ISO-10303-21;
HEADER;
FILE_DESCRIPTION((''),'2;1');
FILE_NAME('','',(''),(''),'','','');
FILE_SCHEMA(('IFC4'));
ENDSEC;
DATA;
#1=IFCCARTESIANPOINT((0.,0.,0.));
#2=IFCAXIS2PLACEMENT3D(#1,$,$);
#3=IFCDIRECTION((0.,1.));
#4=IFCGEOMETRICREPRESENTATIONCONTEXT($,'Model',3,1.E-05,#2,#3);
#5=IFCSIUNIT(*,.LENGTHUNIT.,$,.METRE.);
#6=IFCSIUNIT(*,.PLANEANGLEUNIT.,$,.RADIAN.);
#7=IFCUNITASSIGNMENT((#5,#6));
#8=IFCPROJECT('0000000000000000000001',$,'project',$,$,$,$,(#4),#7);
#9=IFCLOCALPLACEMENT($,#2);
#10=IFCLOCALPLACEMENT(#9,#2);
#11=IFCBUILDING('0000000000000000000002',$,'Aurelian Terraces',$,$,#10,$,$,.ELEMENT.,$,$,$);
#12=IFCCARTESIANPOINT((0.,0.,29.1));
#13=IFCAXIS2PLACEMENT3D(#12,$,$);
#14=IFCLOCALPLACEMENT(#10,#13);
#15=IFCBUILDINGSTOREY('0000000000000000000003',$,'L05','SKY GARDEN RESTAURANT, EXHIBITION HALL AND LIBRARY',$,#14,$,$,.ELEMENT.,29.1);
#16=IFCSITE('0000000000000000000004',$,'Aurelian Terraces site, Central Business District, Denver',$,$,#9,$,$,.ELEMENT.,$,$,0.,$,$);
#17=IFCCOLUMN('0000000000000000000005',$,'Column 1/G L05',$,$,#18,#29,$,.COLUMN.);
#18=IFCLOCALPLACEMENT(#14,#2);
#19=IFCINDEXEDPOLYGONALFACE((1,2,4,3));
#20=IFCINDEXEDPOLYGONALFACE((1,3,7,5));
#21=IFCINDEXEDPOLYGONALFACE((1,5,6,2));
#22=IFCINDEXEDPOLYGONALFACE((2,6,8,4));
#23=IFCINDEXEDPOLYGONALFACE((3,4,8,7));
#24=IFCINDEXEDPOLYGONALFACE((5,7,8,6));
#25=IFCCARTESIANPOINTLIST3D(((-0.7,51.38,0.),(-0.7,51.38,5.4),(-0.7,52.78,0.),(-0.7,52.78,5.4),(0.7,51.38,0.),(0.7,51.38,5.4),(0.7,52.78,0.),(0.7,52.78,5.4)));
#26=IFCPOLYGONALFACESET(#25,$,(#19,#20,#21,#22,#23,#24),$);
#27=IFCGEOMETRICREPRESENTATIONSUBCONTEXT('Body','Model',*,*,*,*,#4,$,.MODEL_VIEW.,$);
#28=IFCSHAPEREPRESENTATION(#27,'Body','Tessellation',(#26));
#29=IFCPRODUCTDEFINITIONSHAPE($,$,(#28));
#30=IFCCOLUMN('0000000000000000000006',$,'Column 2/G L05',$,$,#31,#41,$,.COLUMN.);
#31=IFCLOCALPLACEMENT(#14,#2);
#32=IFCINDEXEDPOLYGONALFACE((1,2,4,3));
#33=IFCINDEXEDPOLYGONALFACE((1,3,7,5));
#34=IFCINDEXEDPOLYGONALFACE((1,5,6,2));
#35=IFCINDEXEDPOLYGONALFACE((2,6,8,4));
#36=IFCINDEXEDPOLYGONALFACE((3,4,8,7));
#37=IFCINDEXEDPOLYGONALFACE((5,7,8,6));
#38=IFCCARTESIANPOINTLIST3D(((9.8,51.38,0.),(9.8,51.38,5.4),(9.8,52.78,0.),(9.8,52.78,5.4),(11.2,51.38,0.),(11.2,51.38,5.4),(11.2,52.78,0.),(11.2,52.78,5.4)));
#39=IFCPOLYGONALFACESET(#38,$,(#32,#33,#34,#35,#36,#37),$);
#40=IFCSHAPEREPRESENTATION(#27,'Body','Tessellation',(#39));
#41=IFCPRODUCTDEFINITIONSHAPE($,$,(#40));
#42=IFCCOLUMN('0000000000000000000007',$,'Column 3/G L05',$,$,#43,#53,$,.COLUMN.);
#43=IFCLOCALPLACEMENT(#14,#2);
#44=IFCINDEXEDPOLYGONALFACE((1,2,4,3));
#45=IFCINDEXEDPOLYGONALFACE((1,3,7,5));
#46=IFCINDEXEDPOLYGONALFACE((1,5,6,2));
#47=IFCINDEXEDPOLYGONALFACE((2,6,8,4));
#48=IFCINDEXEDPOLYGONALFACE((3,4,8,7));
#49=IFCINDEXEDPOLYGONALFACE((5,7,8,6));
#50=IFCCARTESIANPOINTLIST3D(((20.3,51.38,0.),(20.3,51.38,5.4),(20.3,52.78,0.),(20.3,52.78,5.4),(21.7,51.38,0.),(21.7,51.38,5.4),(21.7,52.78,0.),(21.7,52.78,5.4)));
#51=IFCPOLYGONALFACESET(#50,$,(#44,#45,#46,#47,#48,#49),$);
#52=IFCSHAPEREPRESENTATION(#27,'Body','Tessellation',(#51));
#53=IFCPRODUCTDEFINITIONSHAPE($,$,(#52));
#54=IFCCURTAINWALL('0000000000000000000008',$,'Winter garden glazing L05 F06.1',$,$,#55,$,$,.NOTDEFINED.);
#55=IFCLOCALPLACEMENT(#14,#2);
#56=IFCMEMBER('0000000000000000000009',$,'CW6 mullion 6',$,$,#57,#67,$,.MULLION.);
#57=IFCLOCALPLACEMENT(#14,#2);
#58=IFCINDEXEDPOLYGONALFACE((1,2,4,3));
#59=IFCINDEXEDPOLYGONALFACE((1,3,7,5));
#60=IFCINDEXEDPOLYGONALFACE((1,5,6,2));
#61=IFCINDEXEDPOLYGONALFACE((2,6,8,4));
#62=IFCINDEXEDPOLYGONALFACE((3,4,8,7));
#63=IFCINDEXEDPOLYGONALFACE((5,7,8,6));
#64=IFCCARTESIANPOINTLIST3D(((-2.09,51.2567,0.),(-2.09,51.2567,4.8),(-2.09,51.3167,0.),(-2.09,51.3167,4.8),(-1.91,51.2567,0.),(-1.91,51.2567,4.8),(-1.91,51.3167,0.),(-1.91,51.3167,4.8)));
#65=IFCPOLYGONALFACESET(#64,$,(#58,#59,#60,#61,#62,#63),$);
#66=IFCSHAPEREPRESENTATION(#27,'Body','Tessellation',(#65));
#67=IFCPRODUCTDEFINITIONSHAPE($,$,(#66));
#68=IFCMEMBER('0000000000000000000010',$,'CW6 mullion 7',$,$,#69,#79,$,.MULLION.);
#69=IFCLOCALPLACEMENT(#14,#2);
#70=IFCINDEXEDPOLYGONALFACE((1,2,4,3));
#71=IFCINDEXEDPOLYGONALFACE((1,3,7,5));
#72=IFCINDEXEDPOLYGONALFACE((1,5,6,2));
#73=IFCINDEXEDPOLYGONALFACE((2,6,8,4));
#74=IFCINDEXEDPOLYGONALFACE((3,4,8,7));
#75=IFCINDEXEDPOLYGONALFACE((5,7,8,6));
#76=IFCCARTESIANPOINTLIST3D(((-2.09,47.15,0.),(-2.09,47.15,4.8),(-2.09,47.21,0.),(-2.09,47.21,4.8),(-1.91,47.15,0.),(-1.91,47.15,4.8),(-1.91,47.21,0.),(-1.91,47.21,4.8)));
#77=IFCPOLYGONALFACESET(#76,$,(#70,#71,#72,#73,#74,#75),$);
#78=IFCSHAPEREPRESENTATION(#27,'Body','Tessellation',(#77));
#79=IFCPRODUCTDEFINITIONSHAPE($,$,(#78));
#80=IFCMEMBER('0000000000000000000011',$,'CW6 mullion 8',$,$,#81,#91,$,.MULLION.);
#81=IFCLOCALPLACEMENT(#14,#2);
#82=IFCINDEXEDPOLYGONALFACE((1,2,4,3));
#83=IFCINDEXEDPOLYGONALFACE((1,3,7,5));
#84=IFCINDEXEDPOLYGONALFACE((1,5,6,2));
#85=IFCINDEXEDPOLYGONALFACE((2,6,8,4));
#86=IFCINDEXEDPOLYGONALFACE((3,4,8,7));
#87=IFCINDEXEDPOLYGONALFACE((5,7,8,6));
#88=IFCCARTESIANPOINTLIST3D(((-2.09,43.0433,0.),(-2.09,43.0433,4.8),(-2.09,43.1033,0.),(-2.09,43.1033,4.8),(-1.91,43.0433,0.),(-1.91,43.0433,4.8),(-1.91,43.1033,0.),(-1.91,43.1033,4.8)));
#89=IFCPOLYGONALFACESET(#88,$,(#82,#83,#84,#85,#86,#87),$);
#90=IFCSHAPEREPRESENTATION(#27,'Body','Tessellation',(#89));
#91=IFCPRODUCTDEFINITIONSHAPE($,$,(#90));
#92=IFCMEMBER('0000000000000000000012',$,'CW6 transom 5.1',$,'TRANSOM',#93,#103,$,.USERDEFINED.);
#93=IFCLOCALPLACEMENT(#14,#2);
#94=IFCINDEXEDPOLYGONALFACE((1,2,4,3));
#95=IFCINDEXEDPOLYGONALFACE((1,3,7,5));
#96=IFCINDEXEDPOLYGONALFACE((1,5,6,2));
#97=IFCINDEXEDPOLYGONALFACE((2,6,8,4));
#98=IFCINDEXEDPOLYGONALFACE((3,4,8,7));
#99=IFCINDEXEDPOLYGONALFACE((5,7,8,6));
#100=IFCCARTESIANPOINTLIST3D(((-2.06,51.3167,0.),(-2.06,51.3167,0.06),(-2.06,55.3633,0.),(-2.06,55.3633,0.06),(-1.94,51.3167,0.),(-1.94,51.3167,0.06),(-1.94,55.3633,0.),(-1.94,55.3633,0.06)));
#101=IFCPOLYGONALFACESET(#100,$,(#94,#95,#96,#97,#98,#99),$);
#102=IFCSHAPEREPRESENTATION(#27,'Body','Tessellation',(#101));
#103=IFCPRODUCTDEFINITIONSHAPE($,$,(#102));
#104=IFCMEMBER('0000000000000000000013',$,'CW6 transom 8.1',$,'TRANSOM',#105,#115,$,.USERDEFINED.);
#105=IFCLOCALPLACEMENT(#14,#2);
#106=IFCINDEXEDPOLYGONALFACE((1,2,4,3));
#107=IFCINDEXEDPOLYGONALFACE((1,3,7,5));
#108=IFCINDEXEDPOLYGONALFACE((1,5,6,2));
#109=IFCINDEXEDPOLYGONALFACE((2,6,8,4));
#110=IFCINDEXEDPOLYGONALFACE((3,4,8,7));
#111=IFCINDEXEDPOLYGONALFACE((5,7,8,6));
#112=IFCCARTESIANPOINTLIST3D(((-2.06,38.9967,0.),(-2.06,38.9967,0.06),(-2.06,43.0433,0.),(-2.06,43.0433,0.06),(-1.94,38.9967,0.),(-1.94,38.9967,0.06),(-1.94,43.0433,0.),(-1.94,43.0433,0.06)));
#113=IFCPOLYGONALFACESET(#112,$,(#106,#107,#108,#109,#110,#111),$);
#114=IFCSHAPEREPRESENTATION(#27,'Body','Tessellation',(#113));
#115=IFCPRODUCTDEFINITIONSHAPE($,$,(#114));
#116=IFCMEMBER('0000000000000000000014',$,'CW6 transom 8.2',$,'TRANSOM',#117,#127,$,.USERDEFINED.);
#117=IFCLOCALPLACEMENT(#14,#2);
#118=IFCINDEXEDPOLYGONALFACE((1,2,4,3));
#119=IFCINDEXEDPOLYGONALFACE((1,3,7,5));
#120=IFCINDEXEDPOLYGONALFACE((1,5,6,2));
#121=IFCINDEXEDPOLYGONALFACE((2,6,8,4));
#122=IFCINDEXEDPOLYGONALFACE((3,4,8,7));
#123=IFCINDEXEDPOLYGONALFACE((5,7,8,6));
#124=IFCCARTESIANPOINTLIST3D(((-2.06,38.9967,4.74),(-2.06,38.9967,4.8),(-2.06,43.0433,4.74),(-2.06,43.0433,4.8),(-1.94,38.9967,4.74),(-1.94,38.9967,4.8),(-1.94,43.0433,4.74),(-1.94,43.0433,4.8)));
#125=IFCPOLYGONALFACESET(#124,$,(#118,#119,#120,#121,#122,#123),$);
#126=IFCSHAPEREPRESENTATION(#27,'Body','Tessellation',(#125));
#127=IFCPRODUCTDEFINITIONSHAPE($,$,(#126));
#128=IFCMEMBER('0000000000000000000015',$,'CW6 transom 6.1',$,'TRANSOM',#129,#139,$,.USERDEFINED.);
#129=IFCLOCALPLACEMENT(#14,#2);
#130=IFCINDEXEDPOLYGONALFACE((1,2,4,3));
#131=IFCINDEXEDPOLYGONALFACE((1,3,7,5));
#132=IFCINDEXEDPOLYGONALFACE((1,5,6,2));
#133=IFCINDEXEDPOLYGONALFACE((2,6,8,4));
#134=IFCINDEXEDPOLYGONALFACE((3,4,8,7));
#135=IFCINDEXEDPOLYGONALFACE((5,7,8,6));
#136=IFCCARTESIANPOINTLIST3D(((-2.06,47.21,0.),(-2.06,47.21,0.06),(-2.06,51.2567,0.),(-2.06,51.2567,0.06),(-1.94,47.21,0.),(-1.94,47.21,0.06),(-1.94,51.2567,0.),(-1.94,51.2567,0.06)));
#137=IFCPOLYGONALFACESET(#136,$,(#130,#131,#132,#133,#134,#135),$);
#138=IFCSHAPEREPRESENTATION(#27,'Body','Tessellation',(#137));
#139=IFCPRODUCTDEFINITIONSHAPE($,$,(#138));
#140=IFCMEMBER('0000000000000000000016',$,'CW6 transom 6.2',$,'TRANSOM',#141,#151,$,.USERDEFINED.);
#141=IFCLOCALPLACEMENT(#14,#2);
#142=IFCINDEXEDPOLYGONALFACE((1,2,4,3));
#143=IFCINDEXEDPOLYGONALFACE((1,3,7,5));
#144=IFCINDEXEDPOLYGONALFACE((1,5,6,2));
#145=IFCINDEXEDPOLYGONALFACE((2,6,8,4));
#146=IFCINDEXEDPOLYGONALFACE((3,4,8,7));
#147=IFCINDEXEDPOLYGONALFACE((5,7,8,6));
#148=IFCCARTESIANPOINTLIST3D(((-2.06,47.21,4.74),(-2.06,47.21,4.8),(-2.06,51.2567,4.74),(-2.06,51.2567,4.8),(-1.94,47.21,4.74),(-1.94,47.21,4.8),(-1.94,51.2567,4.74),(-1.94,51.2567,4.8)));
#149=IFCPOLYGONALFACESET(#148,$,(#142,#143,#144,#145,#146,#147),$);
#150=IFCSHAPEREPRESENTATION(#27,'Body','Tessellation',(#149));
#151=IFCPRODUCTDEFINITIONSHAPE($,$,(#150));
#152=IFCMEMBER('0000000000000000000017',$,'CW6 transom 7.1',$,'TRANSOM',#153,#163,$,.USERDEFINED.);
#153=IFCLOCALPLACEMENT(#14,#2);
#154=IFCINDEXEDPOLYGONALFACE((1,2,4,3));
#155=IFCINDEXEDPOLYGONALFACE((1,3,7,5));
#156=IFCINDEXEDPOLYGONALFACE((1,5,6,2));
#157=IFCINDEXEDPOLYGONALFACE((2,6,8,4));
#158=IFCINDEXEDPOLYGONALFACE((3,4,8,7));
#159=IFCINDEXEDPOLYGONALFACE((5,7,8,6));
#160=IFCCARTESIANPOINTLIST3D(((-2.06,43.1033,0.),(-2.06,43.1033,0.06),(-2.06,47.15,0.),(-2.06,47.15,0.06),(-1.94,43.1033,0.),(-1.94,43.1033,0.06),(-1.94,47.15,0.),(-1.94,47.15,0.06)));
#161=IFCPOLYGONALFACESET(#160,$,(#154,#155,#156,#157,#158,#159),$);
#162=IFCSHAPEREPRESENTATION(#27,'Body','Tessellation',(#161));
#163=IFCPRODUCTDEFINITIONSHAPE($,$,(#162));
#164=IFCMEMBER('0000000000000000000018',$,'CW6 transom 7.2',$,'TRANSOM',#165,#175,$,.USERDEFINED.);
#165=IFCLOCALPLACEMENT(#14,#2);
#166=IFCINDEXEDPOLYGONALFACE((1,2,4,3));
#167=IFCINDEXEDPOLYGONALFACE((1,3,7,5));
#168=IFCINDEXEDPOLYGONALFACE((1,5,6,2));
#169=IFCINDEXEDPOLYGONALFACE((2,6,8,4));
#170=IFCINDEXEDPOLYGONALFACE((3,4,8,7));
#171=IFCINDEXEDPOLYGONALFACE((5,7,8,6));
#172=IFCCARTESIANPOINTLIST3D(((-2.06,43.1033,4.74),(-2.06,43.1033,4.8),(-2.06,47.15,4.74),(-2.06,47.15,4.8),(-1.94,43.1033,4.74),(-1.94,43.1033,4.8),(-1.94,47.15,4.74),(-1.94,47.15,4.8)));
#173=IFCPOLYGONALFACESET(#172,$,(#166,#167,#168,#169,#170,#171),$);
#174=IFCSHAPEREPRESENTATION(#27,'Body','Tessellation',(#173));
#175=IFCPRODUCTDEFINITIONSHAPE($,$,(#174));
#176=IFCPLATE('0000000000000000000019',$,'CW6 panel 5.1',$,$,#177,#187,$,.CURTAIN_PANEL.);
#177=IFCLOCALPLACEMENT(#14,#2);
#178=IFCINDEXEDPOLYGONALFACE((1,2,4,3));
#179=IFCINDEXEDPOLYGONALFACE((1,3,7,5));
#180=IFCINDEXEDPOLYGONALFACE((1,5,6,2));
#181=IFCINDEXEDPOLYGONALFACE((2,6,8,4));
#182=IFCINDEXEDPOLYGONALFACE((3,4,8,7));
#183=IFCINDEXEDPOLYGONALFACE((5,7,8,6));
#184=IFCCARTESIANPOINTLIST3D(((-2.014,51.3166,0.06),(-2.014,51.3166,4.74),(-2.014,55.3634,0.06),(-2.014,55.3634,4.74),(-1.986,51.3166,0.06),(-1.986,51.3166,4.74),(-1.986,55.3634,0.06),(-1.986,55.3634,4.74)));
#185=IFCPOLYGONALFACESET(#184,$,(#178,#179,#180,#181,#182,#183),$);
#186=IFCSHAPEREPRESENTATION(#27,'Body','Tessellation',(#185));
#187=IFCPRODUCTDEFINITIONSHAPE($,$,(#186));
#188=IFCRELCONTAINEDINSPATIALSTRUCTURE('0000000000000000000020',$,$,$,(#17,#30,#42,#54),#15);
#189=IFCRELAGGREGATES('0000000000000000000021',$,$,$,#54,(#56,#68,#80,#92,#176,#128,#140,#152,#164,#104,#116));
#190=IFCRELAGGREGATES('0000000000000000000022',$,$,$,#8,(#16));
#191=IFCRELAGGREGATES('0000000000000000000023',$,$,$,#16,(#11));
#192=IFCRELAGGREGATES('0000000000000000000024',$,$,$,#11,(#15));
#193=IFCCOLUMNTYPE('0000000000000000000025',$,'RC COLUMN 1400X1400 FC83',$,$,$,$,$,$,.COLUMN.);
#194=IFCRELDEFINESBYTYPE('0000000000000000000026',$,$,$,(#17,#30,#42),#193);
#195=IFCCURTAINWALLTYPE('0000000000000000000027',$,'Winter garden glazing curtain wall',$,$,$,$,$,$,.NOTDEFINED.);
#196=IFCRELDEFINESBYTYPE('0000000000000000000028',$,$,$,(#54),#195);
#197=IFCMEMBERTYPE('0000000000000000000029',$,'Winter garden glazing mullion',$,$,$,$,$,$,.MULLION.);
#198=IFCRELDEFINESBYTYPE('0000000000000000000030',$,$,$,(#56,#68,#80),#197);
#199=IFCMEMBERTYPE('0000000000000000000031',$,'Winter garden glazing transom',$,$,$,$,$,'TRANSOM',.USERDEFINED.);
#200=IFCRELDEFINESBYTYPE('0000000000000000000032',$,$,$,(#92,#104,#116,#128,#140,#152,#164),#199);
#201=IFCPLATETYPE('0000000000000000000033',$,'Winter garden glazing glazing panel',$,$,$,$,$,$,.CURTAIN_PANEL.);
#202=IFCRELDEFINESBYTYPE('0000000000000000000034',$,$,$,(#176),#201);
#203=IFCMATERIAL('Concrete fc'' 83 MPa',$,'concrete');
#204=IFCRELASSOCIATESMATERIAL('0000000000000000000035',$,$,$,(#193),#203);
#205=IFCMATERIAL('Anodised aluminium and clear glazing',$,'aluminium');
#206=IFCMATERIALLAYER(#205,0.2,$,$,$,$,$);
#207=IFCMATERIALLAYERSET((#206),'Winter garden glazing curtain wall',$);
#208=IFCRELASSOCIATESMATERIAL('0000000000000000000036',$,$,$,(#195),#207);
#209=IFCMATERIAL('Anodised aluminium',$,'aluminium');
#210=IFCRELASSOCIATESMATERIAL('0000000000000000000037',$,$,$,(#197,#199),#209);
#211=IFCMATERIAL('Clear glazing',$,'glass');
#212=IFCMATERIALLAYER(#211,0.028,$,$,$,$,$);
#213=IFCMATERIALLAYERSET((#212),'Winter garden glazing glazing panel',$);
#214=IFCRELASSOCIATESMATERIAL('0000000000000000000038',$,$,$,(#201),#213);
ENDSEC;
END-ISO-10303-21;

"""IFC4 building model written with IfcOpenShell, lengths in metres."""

from ifc_helpers import new_model, si_unit, direction, frame, origin, origin_2d, place, context, subcontext, project, spatial, rectangle, extrude, source, transform, mapped, material, layer, layer_set, material_profile, profile_set, type_object, element, aggregate, save


model = new_model("IFC4")

# Units and contexts
model_context = context("Model", 3, precision=1e-05, world=origin(), true_north=direction((0.0, 1.0)))
body_context = subcontext(model_context, "Body", "Model", "MODEL_VIEW")
ifc_project = project(units=[si_unit("LENGTHUNIT", "METRE"), si_unit("PLANEANGLEUNIT", "RADIAN")], contexts=[model_context])

# Site, building, storey
site_placement = place(None, origin())
site = spatial("IfcSite", under=ifc_project, at=site_placement, Name="Aurelian Terraces site, Central Business District, Denver", CompositionType="ELEMENT", RefElevation=0.0)
building_placement = place(site_placement, origin())
building = spatial("IfcBuilding", under=site, at=building_placement, Name="Aurelian Terraces", CompositionType="ELEMENT")
storey_placement = place(building_placement, frame((0.0, 0.0, 29.1)))
storey = spatial("IfcBuildingStorey", under=building, at=storey_placement, Name="L05", Description="SKY GARDEN RESTAURANT, EXHIBITION HALL AND LIBRARY", CompositionType="ELEMENT", Elevation=29.1)

# Columns
ifc_material_1 = material(Name="Concrete fc' 83 MPa", Category="concrete")
ifc_material_profile_1 = material_profile(ifc_material_1, rectangle(XDim=1.4, YDim=1.4, at=origin_2d()))
ifc_profile_set_1 = profile_set([ifc_material_profile_1], Name="Concrete fc' 83 MPa")
column_type = type_object("IfcColumnType", Name="RC COLUMN 1400X1400 FC83", PredefinedType="COLUMN", material=ifc_profile_set_1)
shared_shape_1 = source(origin(), body_context, "Body", "SweptSolid", [
    extrude(rectangle(XDim=1.4, YDim=1.4, at=origin_2d()), origin(), (0.0, 0.0, 1.0), 5.4),
])
for number, where, z_axis, x_axis, name in (
    (1, (0.0, 52.08, 0.0), (0.0, 0.0, 1.0), (1.0, 0.0, 0.0), "Column 1/G L05"),
    (2, (10.5, 52.08, 0.0), (0.0, 0.0, 1.0), (1.0, 0.0, 0.0), "Column 2/G L05"),
    (3, (21.0, 52.08, 0.0), (0.0, 0.0, 1.0), (1.0, 0.0, 0.0), "Column 3/G L05"),
):
    element("IfcColumn", number, at=place(storey_placement, frame(where, z_axis=z_axis, x_axis=x_axis)), inside=storey, type_object=column_type, Name=name, PredefinedType="COLUMN", context=body_context, shape_type="MappedRepresentation", body=[
        mapped(shared_shape_1, transform((0.0, 0.0, 0.0), scale=1.0)),
    ])

# Curtain wall, members, plate
ifc_material_2 = material(Name="Anodised aluminium and clear glazing", Category="aluminium")
ifc_layer_1 = layer(ifc_material_2, 0.2)
ifc_layer_set_1 = layer_set([ifc_layer_1], Name="Winter garden glazing curtain wall")
curtain_wall_type = type_object("IfcCurtainWallType", Name="Winter garden glazing curtain wall", PredefinedType="NOTDEFINED", material=ifc_layer_set_1)
curtain_wall_placement = place(storey_placement, origin())
curtain_wall = element("IfcCurtainWall", 4, at=curtain_wall_placement, inside=storey, type_object=curtain_wall_type, Name="Winter garden glazing L05 F06.1", PredefinedType="NOTDEFINED")
ifc_material_3 = material(Name="Anodised aluminium", Category="aluminium")
ifc_material_profile_2 = material_profile(ifc_material_3, rectangle(XDim=0.18, YDim=0.06, at=origin_2d()))
ifc_profile_set_2 = profile_set([ifc_material_profile_2], Name="Anodised aluminium")
member_type_1 = type_object("IfcMemberType", Name="Winter garden glazing mullion", PredefinedType="MULLION", material=ifc_profile_set_2)
shared_shape_2 = source(origin(), body_context, "Body", "SweptSolid", [
    extrude(rectangle(XDim=0.18, YDim=0.06, at=origin_2d()), origin(), (0.0, 0.0, 1.0), 4.8),
])
member_1_placement = place(storey_placement, frame((-2.0, 51.2867, 0.0), z_axis=(0.0, 0.0, 1.0), x_axis=(1.0, 0.0, 0.0)))
member_1 = element("IfcMember", 5, at=member_1_placement, type_object=member_type_1, Name="CW6 mullion 6", PredefinedType="MULLION", context=body_context, shape_type="MappedRepresentation", body=[
    mapped(shared_shape_2, transform((0.0, 0.0, 0.0), scale=1.0)),
])
member_2_placement = place(storey_placement, frame((-2.0, 47.18, 0.0), z_axis=(0.0, 0.0, 1.0), x_axis=(1.0, 0.0, 0.0)))
member_2 = element("IfcMember", 6, at=member_2_placement, type_object=member_type_1, Name="CW6 mullion 7", PredefinedType="MULLION", context=body_context, shape_type="MappedRepresentation", body=[
    mapped(shared_shape_2, transform((0.0, 0.0, 0.0), scale=1.0)),
])
member_3_placement = place(storey_placement, frame((-2.0, 43.0733, 0.0), z_axis=(0.0, 0.0, 1.0), x_axis=(1.0, 0.0, 0.0)))
member_3 = element("IfcMember", 7, at=member_3_placement, type_object=member_type_1, Name="CW6 mullion 8", PredefinedType="MULLION", context=body_context, shape_type="MappedRepresentation", body=[
    mapped(shared_shape_2, transform((0.0, 0.0, 0.0), scale=1.0)),
])
ifc_material_profile_3 = material_profile(ifc_material_3, rectangle(XDim=0.12, YDim=0.06, at=origin_2d()))
ifc_profile_set_3 = profile_set([ifc_material_profile_3], Name="Anodised aluminium")
member_type_2 = type_object("IfcMemberType", Name="Winter garden glazing transom", ElementType="TRANSOM", PredefinedType="USERDEFINED", material=ifc_profile_set_3)
shared_shape_3 = source(origin(), body_context, "Body", "SweptSolid", [
    extrude(rectangle(XDim=0.12, YDim=0.06, at=origin_2d()), origin(), (0.0, 0.0, 1.0), 4.0466),
])
member_4_placement = place(storey_placement, frame((-2.0, 55.3633, 0.03), z_axis=(0.0, -1.0, 0.0), x_axis=(1.0, 0.0, 0.0)))
member_4 = element("IfcMember", 8, at=member_4_placement, type_object=member_type_2, Name="CW6 transom 5.1", ObjectType="TRANSOM", PredefinedType="USERDEFINED", context=body_context, shape_type="MappedRepresentation", body=[
    mapped(shared_shape_3, transform((0.0, 0.0, 0.0), scale=1.0)),
])
member_5_placement = place(storey_placement, frame((-2.0, 43.0433, 0.03), z_axis=(0.0, -1.0, 0.0), x_axis=(1.0, 0.0, 0.0)))
member_5 = element("IfcMember", 9, at=member_5_placement, type_object=member_type_2, Name="CW6 transom 8.1", ObjectType="TRANSOM", PredefinedType="USERDEFINED", context=body_context, shape_type="MappedRepresentation", body=[
    mapped(shared_shape_3, transform((0.0, 0.0, 0.0), scale=1.0)),
])
member_6_placement = place(storey_placement, frame((-2.0, 43.0433, 4.77), z_axis=(0.0, -1.0, 0.0), x_axis=(1.0, 0.0, 0.0)))
member_6 = element("IfcMember", 10, at=member_6_placement, type_object=member_type_2, Name="CW6 transom 8.2", ObjectType="TRANSOM", PredefinedType="USERDEFINED", context=body_context, shape_type="MappedRepresentation", body=[
    mapped(shared_shape_3, transform((0.0, 0.0, 0.0), scale=1.0)),
])
shared_shape_4 = source(origin(), body_context, "Body", "SweptSolid", [
    extrude(rectangle(XDim=0.12, YDim=0.06, at=origin_2d()), origin(), (0.0, 0.0, 1.0), 4.0467),
])
member_7_placement = place(storey_placement, frame((-2.0, 51.2567, 0.03), z_axis=(0.0, -1.0, 0.0), x_axis=(1.0, 0.0, 0.0)))
member_7 = element("IfcMember", 11, at=member_7_placement, type_object=member_type_2, Name="CW6 transom 6.1", ObjectType="TRANSOM", PredefinedType="USERDEFINED", context=body_context, shape_type="MappedRepresentation", body=[
    mapped(shared_shape_4, transform((0.0, 0.0, 0.0), scale=1.0)),
])
member_8_placement = place(storey_placement, frame((-2.0, 51.2567, 4.77), z_axis=(0.0, -1.0, 0.0), x_axis=(1.0, 0.0, 0.0)))
member_8 = element("IfcMember", 12, at=member_8_placement, type_object=member_type_2, Name="CW6 transom 6.2", ObjectType="TRANSOM", PredefinedType="USERDEFINED", context=body_context, shape_type="MappedRepresentation", body=[
    mapped(shared_shape_4, transform((0.0, 0.0, 0.0), scale=1.0)),
])
member_9_placement = place(storey_placement, frame((-2.0, 47.15, 0.03), z_axis=(0.0, -1.0, 0.0), x_axis=(1.0, 0.0, 0.0)))
member_9 = element("IfcMember", 13, at=member_9_placement, type_object=member_type_2, Name="CW6 transom 7.1", ObjectType="TRANSOM", PredefinedType="USERDEFINED", context=body_context, shape_type="MappedRepresentation", body=[
    mapped(shared_shape_4, transform((0.0, 0.0, 0.0), scale=1.0)),
])
member_10_placement = place(storey_placement, frame((-2.0, 47.15, 4.77), z_axis=(0.0, -1.0, 0.0), x_axis=(1.0, 0.0, 0.0)))
member_10 = element("IfcMember", 14, at=member_10_placement, type_object=member_type_2, Name="CW6 transom 7.2", ObjectType="TRANSOM", PredefinedType="USERDEFINED", context=body_context, shape_type="MappedRepresentation", body=[
    mapped(shared_shape_4, transform((0.0, 0.0, 0.0), scale=1.0)),
])
ifc_material_4 = material(Name="Clear glazing", Category="glass")
ifc_layer_2 = layer(ifc_material_4, 0.028)
ifc_layer_set_2 = layer_set([ifc_layer_2], Name="Winter garden glazing glazing panel")
plate_type = type_object("IfcPlateType", Name="Winter garden glazing glazing panel", PredefinedType="CURTAIN_PANEL", material=ifc_layer_set_2)
shared_shape_5 = source(origin(), body_context, "Body", "SweptSolid", [
    extrude(rectangle(XDim=4.0467, YDim=0.028, at=origin_2d()), origin(), (0.0, 0.0, 1.0), 4.68),
])
plate_1_placement = place(storey_placement, frame((-2.0, 53.34, 0.06), z_axis=(0.0, 0.0, 1.0), x_axis=(0.0, -1.0, 0.0)))
plate_1 = element("IfcPlate", 15, at=plate_1_placement, type_object=plate_type, Name="CW6 panel 5.1", PredefinedType="CURTAIN_PANEL", context=body_context, shape_type="MappedRepresentation", body=[
    mapped(shared_shape_5, transform((0.0, 0.0, 0.0), scale=1.0)),
])
aggregate(curtain_wall, [member_1, member_2, member_3, member_4, plate_1, member_7, member_8, member_9, member_10, member_5, member_6])

save(model, "model.ifc")
